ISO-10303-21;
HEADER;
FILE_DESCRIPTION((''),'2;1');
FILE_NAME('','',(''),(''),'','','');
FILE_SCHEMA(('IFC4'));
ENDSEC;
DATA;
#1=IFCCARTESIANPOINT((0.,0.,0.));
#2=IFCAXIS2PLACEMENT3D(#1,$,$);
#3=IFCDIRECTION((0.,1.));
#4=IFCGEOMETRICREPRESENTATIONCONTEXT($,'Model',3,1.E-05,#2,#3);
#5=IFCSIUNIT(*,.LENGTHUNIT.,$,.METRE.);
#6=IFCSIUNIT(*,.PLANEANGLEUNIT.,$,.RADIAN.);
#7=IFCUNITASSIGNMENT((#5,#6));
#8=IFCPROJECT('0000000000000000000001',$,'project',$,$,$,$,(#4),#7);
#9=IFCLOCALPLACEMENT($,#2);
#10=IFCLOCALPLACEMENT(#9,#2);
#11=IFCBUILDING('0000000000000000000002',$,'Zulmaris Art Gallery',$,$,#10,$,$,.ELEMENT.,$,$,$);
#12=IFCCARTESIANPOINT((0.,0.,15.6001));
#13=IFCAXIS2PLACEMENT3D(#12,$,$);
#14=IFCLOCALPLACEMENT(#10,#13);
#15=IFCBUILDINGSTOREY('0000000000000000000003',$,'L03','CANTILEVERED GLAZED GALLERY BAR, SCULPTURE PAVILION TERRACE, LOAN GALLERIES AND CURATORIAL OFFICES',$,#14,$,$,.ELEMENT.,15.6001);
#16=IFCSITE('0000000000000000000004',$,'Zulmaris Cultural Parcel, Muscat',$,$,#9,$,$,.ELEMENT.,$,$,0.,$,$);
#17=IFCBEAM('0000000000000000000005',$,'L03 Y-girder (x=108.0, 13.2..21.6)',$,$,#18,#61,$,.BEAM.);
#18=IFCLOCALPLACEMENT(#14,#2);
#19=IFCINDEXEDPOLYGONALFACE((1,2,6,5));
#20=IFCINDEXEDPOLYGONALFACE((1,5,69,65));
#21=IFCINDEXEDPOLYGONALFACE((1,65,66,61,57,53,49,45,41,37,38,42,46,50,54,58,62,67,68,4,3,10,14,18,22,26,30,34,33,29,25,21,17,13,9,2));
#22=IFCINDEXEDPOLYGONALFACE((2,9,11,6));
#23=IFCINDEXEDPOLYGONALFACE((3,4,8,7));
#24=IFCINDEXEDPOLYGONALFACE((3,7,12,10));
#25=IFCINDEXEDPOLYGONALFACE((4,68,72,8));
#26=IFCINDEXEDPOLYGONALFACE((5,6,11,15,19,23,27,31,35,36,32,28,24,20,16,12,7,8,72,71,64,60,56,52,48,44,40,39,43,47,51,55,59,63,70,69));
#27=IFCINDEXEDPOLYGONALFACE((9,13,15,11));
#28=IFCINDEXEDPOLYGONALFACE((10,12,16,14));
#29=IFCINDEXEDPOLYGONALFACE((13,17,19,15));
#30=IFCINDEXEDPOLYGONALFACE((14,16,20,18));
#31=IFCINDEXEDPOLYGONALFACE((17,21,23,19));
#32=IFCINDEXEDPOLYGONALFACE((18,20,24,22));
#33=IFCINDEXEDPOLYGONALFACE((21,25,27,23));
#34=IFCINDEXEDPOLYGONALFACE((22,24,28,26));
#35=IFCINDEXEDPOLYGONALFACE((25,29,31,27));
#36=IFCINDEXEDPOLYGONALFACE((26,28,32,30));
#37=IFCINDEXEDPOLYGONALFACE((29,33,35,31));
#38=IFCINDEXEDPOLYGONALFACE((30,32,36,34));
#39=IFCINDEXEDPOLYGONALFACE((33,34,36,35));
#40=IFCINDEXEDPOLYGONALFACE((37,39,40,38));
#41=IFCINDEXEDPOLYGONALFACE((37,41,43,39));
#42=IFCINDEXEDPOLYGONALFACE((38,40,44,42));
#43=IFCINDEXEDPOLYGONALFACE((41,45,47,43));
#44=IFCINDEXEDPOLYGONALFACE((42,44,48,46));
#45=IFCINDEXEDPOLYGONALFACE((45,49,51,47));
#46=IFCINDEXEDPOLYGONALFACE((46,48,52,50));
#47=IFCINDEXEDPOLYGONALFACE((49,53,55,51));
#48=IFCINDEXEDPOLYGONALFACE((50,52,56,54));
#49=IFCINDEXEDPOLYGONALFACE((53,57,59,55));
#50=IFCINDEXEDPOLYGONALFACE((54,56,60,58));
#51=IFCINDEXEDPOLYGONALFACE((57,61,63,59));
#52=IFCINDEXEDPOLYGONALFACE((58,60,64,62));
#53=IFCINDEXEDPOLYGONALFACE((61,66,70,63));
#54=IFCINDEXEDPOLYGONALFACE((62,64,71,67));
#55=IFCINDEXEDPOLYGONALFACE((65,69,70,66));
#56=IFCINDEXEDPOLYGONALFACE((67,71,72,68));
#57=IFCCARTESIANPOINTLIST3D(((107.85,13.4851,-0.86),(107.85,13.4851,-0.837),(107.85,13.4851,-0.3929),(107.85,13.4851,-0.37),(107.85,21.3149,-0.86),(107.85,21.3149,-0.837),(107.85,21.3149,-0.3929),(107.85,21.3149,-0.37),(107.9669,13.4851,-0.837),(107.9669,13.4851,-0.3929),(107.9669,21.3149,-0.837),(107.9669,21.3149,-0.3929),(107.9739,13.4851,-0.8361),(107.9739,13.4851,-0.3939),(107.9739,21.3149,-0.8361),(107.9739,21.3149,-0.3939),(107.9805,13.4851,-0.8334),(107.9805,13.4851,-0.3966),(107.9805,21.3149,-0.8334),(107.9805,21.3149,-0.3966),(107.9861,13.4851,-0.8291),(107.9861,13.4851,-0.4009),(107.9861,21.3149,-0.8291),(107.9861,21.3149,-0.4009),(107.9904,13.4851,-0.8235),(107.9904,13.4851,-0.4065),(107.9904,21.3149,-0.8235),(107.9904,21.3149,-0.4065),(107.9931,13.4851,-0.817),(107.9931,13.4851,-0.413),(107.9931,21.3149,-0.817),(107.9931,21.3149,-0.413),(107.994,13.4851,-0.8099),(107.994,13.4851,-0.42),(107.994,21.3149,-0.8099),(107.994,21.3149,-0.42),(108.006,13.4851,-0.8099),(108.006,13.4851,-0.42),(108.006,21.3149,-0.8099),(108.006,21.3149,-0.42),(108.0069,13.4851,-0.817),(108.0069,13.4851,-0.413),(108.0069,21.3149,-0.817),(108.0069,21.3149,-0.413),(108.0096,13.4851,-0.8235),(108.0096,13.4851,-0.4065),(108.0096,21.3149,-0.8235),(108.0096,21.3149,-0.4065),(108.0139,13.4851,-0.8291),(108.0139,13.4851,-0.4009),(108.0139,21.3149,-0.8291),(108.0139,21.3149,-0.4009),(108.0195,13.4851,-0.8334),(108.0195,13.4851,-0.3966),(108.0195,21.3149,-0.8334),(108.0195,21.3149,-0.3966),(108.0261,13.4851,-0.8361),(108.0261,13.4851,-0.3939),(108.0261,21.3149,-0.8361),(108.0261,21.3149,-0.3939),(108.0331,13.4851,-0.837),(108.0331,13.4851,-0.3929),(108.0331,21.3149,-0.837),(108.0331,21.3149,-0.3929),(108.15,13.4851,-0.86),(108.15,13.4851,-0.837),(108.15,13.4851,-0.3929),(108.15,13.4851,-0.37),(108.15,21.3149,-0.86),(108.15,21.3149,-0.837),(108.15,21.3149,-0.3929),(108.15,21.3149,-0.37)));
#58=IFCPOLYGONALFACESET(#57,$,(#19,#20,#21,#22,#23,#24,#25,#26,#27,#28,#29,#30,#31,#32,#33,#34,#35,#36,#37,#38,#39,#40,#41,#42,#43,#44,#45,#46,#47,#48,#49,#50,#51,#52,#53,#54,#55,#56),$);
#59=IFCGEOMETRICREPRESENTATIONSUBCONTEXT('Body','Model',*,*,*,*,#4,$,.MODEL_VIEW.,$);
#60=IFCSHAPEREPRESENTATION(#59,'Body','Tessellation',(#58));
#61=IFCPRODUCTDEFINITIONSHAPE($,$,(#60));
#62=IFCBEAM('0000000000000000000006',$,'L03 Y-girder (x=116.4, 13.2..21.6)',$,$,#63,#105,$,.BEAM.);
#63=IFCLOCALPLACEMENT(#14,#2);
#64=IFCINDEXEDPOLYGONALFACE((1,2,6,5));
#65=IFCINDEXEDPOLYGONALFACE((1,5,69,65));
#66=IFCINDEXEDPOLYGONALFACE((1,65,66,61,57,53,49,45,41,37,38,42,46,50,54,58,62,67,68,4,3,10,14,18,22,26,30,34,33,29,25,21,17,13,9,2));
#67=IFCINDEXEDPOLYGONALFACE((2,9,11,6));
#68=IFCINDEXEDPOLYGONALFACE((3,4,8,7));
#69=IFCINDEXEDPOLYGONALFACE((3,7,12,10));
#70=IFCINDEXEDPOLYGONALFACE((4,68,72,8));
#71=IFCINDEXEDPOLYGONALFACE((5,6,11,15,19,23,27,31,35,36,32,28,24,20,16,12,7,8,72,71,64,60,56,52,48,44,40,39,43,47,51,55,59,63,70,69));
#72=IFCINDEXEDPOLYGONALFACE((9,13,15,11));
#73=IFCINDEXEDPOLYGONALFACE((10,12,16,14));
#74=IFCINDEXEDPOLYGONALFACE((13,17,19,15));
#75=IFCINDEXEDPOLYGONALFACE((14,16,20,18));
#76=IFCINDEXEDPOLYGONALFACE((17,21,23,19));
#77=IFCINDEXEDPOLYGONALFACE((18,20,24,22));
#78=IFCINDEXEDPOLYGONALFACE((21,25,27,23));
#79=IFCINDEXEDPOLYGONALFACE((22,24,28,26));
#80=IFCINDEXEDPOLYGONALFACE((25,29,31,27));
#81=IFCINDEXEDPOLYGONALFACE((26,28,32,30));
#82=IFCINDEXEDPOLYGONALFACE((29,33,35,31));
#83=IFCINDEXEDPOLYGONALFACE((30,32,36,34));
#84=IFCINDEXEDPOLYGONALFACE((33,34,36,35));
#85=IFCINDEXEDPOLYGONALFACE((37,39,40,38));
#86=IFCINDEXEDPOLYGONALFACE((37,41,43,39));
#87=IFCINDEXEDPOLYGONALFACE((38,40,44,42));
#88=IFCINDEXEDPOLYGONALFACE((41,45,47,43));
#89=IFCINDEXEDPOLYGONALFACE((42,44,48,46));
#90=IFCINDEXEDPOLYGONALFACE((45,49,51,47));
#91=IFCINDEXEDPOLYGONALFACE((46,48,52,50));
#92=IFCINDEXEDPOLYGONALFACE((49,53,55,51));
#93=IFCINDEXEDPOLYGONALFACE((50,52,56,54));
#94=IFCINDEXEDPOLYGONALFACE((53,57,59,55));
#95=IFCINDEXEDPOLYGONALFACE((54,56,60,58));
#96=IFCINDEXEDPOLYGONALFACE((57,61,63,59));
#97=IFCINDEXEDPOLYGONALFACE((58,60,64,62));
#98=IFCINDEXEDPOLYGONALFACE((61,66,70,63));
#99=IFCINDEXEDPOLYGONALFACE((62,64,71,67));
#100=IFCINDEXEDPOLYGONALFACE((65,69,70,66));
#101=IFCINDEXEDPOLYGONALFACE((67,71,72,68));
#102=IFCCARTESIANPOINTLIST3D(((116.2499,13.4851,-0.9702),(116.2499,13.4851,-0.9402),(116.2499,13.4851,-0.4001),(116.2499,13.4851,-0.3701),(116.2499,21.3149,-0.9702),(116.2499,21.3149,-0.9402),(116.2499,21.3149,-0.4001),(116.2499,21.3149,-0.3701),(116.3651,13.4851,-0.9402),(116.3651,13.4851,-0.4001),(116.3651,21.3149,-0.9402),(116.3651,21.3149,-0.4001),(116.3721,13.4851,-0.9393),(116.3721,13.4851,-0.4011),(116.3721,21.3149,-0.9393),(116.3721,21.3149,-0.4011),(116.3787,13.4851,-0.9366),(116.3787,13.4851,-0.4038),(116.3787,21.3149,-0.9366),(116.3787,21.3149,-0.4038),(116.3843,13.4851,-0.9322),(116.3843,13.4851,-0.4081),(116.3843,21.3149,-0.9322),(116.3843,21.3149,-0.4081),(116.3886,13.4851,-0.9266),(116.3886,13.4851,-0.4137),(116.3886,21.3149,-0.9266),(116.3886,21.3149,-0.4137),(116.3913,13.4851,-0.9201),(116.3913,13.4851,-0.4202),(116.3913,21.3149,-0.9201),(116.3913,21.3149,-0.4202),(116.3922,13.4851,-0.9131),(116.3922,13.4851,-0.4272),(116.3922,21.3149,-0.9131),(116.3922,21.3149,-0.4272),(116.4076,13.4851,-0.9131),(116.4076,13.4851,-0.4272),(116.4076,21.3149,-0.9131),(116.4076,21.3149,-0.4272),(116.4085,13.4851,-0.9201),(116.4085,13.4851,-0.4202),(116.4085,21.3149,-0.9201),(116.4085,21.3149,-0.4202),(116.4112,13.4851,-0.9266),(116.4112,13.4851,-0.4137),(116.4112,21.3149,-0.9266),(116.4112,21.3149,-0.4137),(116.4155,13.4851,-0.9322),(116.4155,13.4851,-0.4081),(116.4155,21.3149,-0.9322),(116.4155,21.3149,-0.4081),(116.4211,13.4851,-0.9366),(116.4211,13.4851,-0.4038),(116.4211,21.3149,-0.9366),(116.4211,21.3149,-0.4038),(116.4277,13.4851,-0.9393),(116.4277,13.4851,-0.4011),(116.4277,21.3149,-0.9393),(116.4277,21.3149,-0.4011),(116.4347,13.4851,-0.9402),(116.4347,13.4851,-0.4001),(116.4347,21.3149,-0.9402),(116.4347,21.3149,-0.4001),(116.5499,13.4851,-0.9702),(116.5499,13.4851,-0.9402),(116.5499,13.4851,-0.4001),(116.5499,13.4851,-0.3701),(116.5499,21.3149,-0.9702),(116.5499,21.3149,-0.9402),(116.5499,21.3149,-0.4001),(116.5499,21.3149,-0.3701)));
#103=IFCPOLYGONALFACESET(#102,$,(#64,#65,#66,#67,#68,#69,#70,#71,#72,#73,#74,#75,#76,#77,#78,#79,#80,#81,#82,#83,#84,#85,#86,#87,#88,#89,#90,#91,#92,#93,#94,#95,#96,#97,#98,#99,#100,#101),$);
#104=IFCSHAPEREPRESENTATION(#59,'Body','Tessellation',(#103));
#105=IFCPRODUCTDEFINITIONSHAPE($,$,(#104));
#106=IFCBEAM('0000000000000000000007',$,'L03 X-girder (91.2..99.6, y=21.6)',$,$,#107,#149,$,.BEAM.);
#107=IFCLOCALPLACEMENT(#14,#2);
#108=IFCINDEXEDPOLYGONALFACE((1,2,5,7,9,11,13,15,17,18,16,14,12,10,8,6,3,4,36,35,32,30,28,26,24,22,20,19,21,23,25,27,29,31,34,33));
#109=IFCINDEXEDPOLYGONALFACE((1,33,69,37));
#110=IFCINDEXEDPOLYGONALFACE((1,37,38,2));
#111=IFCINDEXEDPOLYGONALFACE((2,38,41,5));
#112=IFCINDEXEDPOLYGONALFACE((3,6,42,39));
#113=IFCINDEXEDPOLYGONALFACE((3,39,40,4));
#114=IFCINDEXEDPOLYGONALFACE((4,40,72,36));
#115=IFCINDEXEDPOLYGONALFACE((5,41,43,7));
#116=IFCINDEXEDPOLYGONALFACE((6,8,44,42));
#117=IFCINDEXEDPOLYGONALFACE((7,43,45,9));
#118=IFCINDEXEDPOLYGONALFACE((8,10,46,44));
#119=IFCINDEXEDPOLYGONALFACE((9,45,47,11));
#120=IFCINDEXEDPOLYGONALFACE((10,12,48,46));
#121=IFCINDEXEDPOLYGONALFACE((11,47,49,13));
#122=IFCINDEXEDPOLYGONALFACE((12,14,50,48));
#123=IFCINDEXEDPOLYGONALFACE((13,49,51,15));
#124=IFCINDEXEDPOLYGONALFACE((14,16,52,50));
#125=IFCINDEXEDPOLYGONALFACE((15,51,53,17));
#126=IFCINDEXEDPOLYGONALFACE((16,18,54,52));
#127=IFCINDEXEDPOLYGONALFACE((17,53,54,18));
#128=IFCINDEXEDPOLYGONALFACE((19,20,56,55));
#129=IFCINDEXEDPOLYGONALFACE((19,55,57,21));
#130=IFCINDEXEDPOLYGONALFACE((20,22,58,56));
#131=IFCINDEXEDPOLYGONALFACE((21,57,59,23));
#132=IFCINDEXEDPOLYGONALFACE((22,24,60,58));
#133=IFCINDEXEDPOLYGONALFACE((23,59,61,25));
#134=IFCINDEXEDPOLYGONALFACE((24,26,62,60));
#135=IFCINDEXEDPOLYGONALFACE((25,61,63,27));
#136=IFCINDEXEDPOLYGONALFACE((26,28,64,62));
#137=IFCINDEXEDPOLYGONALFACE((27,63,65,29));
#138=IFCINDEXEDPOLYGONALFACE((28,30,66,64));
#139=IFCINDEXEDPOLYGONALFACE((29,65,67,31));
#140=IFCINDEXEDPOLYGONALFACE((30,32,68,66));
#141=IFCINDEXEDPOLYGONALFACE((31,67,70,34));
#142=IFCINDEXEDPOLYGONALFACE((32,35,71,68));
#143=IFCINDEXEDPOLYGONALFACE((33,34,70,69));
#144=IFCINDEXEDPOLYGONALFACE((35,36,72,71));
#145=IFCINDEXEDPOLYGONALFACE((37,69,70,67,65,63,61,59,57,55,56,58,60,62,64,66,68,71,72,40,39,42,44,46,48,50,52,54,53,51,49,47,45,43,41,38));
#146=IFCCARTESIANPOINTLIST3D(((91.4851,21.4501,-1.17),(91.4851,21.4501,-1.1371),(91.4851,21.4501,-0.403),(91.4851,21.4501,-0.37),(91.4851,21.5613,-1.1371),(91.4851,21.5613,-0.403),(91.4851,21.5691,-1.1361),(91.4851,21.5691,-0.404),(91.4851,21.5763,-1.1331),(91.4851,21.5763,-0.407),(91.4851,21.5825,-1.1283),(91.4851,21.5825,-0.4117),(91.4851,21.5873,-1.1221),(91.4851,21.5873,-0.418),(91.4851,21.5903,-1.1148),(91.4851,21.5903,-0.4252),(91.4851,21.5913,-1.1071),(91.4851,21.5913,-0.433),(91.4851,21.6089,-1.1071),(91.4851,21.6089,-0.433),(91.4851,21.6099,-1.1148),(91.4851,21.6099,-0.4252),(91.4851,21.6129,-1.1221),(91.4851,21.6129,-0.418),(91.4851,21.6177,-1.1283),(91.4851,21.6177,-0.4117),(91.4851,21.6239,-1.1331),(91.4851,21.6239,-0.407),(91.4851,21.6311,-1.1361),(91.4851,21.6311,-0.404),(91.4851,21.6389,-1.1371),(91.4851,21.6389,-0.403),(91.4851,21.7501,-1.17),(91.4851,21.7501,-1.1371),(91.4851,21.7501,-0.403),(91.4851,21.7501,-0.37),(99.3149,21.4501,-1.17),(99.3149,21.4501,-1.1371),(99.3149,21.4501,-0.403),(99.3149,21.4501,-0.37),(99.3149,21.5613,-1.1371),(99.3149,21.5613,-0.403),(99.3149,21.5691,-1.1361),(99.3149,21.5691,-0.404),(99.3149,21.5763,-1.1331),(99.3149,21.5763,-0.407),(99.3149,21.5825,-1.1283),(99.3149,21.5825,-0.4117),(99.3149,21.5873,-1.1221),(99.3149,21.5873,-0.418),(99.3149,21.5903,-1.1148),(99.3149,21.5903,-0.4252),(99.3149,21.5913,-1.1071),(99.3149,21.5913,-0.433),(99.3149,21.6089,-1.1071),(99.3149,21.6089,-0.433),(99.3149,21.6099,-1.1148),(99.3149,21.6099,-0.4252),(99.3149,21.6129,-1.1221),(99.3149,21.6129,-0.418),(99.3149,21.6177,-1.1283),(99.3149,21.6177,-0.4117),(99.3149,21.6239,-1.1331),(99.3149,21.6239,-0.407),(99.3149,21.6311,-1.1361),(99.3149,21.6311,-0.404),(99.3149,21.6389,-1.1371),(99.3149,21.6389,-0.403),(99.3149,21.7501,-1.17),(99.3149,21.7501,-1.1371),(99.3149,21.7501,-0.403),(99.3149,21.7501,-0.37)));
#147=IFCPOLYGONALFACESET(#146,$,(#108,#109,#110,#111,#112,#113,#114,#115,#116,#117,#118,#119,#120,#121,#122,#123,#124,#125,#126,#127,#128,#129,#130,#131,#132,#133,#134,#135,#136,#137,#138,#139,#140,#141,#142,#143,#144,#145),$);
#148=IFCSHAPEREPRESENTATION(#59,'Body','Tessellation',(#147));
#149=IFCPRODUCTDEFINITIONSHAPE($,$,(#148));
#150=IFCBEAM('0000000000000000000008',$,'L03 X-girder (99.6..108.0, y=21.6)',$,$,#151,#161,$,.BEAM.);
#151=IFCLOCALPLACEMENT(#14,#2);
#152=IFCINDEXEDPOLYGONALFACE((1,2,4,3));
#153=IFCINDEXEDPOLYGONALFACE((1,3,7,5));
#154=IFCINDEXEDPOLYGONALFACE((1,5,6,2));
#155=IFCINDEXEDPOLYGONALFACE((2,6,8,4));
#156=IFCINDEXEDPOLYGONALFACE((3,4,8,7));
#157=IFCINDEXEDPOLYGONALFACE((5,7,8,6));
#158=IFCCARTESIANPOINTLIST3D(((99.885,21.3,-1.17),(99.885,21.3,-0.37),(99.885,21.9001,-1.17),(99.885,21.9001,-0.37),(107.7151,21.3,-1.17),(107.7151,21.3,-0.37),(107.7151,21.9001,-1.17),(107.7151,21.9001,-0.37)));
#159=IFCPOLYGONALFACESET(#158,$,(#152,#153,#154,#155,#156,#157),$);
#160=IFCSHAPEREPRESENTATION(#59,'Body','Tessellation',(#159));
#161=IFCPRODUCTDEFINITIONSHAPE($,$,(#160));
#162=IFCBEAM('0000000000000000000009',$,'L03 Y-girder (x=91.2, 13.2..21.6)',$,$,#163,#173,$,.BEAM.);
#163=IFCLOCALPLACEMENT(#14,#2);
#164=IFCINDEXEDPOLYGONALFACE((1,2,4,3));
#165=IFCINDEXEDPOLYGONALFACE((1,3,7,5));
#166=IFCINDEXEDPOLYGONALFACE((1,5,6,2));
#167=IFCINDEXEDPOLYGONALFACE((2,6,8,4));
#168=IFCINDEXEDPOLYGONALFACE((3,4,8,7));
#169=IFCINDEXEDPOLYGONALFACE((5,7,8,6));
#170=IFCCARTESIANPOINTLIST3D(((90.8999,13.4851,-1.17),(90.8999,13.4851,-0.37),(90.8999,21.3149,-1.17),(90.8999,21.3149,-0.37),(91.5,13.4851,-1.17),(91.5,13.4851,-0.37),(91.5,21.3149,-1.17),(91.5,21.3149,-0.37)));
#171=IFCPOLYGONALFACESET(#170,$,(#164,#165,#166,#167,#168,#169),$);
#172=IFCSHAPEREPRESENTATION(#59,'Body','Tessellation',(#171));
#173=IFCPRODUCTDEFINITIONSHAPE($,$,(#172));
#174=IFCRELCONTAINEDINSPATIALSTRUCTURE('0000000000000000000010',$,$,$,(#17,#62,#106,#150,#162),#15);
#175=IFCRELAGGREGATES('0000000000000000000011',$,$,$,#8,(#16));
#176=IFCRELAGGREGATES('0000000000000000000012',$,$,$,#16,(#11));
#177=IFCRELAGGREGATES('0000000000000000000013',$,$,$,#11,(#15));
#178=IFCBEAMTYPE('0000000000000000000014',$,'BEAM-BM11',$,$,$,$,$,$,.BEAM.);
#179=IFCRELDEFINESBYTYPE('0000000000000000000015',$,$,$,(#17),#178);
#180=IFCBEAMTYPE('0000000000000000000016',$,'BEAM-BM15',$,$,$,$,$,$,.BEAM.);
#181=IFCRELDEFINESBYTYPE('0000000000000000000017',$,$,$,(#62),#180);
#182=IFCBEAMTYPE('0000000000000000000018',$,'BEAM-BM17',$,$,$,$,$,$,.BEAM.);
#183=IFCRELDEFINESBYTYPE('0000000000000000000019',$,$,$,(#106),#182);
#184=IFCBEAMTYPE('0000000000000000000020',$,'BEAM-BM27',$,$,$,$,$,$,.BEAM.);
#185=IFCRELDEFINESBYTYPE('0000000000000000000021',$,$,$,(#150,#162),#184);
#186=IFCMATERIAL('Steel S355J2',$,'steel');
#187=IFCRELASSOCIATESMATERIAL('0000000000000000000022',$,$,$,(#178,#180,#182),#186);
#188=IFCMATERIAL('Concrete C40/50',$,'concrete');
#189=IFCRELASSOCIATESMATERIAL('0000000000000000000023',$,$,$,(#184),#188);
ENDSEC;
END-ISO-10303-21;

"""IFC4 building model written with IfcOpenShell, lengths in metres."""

from ifc_helpers import new_model, si_unit, direction, frame, origin, origin_2d, place, context, subcontext, project, spatial, rectangle, i_section, extrude, material, material_profile, profile_set, type_object, element, save


model = new_model("IFC4")

# Units and contexts
model_context = context("Model", 3, precision=1e-05, world=origin(), true_north=direction((0.0, 1.0)))
body_context = subcontext(model_context, "Body", "Model", "MODEL_VIEW")
ifc_project = project(units=[si_unit("LENGTHUNIT", "METRE"), si_unit("PLANEANGLEUNIT", "RADIAN")], contexts=[model_context])

# Site, building, storey
site_placement = place(None, origin())
site = spatial("IfcSite", under=ifc_project, at=site_placement, Name="Zulmaris Cultural Parcel, Muscat", CompositionType="ELEMENT", RefElevation=0.0)
building_placement = place(site_placement, origin())
building = spatial("IfcBuilding", under=site, at=building_placement, Name="Zulmaris Art Gallery", CompositionType="ELEMENT")
storey_placement = place(building_placement, frame((0.0, 0.0, 15.6001)))
storey = spatial("IfcBuildingStorey", under=building, at=storey_placement, Name="L03", Description="CANTILEVERED GLAZED GALLERY BAR, SCULPTURE PAVILION TERRACE, LOAN GALLERIES AND CURATORIAL OFFICES", CompositionType="ELEMENT", Elevation=15.6001)

# Beams
ifc_material_1 = material(Name="Steel S355J2", Category="steel")
ifc_material_profile_1 = material_profile(ifc_material_1, i_section(OverallWidth=0.3, OverallDepth=0.49, WebThickness=0.012, FlangeThickness=0.0229, FilletRadius=0.0271, at=origin_2d()), Name="HEA 500")
ifc_profile_set_1 = profile_set([ifc_material_profile_1], Name="Steel S355J2")
beam_type_1 = type_object("IfcBeamType", Name="BEAM-BM11", PredefinedType="BEAM", material=ifc_profile_set_1)
for number, where, z_axis, x_axis, name in (
    (1, (108.0, 13.4851, -0.615), (0.0, 1.0, 0.0), (-1.0, 0.0, 0.0), "L03 Y-girder (x=108.0, 13.2..21.6)"),
):
    element("IfcBeam", number, at=place(storey_placement, frame(where, z_axis=z_axis, x_axis=x_axis)), inside=storey, type_object=beam_type_1, Name=name, PredefinedType="BEAM", context=body_context, shape_type="SweptSolid", body=[
        extrude(i_section(OverallWidth=0.3, OverallDepth=0.49, WebThickness=0.012, FlangeThickness=0.0229, FilletRadius=0.0271, at=origin_2d()), origin(), (0.0, 0.0, 1.0), 7.8298),
    ])
ifc_material_profile_2 = material_profile(ifc_material_1, i_section(OverallWidth=0.3, OverallDepth=0.6001, WebThickness=0.0154, FlangeThickness=0.03, FilletRadius=0.0271, at=origin_2d()), Name="HEB 600")
ifc_profile_set_2 = profile_set([ifc_material_profile_2], Name="Steel S355J2")
beam_type_2 = type_object("IfcBeamType", Name="BEAM-BM15", PredefinedType="BEAM", material=ifc_profile_set_2)
beam_1_placement = place(storey_placement, frame((116.3999, 13.4851, -0.6702), z_axis=(0.0, 1.0, 0.0), x_axis=(-1.0, 0.0, 0.0)))
element("IfcBeam", 2, at=beam_1_placement, inside=storey, type_object=beam_type_2, Name="L03 Y-girder (x=116.4, 13.2..21.6)", PredefinedType="BEAM", context=body_context, shape_type="SweptSolid", body=[
    extrude(i_section(OverallWidth=0.3, OverallDepth=0.6001, WebThickness=0.0154, FlangeThickness=0.03, FilletRadius=0.0271, at=origin_2d()), origin(), (0.0, 0.0, 1.0), 7.8298),
])
ifc_material_profile_3 = material_profile(ifc_material_1, i_section(OverallWidth=0.3, OverallDepth=0.8, WebThickness=0.0176, FlangeThickness=0.033, FilletRadius=0.03, at=origin_2d()), Name="HEB 800")
ifc_profile_set_3 = profile_set([ifc_material_profile_3], Name="Steel S355J2")
beam_type_3 = type_object("IfcBeamType", Name="BEAM-BM17", PredefinedType="BEAM", material=ifc_profile_set_3)
beam_2_placement = place(storey_placement, frame((91.4851, 21.6001, -0.77), z_axis=(1.0, 0.0, 0.0), x_axis=(0.0, 1.0, 0.0)))
element("IfcBeam", 3, at=beam_2_placement, inside=storey, type_object=beam_type_3, Name="L03 X-girder (91.2..99.6, y=21.6)", PredefinedType="BEAM", context=body_context, shape_type="SweptSolid", body=[
    extrude(i_section(OverallWidth=0.3, OverallDepth=0.8, WebThickness=0.0176, FlangeThickness=0.033, FilletRadius=0.03, at=origin_2d()), origin(), (0.0, 0.0, 1.0), 7.8298),
])
ifc_material_2 = material(Name="Concrete C40/50", Category="concrete")
ifc_material_profile_4 = material_profile(ifc_material_2, rectangle(XDim=0.6001, YDim=0.8, at=origin_2d()), Name="RC 600x800")
ifc_profile_set_4 = profile_set([ifc_material_profile_4], Name="Concrete C40/50")
beam_type_4 = type_object("IfcBeamType", Name="BEAM-BM27", PredefinedType="BEAM", material=ifc_profile_set_4)
beam_3_placement = place(storey_placement, frame((99.885, 21.6001, -0.77), z_axis=(1.0, 0.0, 0.0), x_axis=(0.0, 1.0, 0.0)))
element("IfcBeam", 4, at=beam_3_placement, inside=storey, type_object=beam_type_4, Name="L03 X-girder (99.6..108.0, y=21.6)", PredefinedType="BEAM", context=body_context, shape_type="SweptSolid", body=[
    extrude(rectangle(XDim=0.6001, YDim=0.8, at=origin_2d()), origin(), (0.0, 0.0, 1.0), 7.8301),
])
beam_4_placement = place(storey_placement, frame((91.2, 13.4851, -0.77), z_axis=(0.0, 1.0, 0.0), x_axis=(-1.0, 0.0, 0.0)))
element("IfcBeam", 5, at=beam_4_placement, inside=storey, type_object=beam_type_4, Name="L03 Y-girder (x=91.2, 13.2..21.6)", PredefinedType="BEAM", context=body_context, shape_type="SweptSolid", body=[
    extrude(rectangle(XDim=0.6001, YDim=0.8, at=origin_2d()), origin(), (0.0, 0.0, 1.0), 7.8298),
])

save(model, "model.ifc")
